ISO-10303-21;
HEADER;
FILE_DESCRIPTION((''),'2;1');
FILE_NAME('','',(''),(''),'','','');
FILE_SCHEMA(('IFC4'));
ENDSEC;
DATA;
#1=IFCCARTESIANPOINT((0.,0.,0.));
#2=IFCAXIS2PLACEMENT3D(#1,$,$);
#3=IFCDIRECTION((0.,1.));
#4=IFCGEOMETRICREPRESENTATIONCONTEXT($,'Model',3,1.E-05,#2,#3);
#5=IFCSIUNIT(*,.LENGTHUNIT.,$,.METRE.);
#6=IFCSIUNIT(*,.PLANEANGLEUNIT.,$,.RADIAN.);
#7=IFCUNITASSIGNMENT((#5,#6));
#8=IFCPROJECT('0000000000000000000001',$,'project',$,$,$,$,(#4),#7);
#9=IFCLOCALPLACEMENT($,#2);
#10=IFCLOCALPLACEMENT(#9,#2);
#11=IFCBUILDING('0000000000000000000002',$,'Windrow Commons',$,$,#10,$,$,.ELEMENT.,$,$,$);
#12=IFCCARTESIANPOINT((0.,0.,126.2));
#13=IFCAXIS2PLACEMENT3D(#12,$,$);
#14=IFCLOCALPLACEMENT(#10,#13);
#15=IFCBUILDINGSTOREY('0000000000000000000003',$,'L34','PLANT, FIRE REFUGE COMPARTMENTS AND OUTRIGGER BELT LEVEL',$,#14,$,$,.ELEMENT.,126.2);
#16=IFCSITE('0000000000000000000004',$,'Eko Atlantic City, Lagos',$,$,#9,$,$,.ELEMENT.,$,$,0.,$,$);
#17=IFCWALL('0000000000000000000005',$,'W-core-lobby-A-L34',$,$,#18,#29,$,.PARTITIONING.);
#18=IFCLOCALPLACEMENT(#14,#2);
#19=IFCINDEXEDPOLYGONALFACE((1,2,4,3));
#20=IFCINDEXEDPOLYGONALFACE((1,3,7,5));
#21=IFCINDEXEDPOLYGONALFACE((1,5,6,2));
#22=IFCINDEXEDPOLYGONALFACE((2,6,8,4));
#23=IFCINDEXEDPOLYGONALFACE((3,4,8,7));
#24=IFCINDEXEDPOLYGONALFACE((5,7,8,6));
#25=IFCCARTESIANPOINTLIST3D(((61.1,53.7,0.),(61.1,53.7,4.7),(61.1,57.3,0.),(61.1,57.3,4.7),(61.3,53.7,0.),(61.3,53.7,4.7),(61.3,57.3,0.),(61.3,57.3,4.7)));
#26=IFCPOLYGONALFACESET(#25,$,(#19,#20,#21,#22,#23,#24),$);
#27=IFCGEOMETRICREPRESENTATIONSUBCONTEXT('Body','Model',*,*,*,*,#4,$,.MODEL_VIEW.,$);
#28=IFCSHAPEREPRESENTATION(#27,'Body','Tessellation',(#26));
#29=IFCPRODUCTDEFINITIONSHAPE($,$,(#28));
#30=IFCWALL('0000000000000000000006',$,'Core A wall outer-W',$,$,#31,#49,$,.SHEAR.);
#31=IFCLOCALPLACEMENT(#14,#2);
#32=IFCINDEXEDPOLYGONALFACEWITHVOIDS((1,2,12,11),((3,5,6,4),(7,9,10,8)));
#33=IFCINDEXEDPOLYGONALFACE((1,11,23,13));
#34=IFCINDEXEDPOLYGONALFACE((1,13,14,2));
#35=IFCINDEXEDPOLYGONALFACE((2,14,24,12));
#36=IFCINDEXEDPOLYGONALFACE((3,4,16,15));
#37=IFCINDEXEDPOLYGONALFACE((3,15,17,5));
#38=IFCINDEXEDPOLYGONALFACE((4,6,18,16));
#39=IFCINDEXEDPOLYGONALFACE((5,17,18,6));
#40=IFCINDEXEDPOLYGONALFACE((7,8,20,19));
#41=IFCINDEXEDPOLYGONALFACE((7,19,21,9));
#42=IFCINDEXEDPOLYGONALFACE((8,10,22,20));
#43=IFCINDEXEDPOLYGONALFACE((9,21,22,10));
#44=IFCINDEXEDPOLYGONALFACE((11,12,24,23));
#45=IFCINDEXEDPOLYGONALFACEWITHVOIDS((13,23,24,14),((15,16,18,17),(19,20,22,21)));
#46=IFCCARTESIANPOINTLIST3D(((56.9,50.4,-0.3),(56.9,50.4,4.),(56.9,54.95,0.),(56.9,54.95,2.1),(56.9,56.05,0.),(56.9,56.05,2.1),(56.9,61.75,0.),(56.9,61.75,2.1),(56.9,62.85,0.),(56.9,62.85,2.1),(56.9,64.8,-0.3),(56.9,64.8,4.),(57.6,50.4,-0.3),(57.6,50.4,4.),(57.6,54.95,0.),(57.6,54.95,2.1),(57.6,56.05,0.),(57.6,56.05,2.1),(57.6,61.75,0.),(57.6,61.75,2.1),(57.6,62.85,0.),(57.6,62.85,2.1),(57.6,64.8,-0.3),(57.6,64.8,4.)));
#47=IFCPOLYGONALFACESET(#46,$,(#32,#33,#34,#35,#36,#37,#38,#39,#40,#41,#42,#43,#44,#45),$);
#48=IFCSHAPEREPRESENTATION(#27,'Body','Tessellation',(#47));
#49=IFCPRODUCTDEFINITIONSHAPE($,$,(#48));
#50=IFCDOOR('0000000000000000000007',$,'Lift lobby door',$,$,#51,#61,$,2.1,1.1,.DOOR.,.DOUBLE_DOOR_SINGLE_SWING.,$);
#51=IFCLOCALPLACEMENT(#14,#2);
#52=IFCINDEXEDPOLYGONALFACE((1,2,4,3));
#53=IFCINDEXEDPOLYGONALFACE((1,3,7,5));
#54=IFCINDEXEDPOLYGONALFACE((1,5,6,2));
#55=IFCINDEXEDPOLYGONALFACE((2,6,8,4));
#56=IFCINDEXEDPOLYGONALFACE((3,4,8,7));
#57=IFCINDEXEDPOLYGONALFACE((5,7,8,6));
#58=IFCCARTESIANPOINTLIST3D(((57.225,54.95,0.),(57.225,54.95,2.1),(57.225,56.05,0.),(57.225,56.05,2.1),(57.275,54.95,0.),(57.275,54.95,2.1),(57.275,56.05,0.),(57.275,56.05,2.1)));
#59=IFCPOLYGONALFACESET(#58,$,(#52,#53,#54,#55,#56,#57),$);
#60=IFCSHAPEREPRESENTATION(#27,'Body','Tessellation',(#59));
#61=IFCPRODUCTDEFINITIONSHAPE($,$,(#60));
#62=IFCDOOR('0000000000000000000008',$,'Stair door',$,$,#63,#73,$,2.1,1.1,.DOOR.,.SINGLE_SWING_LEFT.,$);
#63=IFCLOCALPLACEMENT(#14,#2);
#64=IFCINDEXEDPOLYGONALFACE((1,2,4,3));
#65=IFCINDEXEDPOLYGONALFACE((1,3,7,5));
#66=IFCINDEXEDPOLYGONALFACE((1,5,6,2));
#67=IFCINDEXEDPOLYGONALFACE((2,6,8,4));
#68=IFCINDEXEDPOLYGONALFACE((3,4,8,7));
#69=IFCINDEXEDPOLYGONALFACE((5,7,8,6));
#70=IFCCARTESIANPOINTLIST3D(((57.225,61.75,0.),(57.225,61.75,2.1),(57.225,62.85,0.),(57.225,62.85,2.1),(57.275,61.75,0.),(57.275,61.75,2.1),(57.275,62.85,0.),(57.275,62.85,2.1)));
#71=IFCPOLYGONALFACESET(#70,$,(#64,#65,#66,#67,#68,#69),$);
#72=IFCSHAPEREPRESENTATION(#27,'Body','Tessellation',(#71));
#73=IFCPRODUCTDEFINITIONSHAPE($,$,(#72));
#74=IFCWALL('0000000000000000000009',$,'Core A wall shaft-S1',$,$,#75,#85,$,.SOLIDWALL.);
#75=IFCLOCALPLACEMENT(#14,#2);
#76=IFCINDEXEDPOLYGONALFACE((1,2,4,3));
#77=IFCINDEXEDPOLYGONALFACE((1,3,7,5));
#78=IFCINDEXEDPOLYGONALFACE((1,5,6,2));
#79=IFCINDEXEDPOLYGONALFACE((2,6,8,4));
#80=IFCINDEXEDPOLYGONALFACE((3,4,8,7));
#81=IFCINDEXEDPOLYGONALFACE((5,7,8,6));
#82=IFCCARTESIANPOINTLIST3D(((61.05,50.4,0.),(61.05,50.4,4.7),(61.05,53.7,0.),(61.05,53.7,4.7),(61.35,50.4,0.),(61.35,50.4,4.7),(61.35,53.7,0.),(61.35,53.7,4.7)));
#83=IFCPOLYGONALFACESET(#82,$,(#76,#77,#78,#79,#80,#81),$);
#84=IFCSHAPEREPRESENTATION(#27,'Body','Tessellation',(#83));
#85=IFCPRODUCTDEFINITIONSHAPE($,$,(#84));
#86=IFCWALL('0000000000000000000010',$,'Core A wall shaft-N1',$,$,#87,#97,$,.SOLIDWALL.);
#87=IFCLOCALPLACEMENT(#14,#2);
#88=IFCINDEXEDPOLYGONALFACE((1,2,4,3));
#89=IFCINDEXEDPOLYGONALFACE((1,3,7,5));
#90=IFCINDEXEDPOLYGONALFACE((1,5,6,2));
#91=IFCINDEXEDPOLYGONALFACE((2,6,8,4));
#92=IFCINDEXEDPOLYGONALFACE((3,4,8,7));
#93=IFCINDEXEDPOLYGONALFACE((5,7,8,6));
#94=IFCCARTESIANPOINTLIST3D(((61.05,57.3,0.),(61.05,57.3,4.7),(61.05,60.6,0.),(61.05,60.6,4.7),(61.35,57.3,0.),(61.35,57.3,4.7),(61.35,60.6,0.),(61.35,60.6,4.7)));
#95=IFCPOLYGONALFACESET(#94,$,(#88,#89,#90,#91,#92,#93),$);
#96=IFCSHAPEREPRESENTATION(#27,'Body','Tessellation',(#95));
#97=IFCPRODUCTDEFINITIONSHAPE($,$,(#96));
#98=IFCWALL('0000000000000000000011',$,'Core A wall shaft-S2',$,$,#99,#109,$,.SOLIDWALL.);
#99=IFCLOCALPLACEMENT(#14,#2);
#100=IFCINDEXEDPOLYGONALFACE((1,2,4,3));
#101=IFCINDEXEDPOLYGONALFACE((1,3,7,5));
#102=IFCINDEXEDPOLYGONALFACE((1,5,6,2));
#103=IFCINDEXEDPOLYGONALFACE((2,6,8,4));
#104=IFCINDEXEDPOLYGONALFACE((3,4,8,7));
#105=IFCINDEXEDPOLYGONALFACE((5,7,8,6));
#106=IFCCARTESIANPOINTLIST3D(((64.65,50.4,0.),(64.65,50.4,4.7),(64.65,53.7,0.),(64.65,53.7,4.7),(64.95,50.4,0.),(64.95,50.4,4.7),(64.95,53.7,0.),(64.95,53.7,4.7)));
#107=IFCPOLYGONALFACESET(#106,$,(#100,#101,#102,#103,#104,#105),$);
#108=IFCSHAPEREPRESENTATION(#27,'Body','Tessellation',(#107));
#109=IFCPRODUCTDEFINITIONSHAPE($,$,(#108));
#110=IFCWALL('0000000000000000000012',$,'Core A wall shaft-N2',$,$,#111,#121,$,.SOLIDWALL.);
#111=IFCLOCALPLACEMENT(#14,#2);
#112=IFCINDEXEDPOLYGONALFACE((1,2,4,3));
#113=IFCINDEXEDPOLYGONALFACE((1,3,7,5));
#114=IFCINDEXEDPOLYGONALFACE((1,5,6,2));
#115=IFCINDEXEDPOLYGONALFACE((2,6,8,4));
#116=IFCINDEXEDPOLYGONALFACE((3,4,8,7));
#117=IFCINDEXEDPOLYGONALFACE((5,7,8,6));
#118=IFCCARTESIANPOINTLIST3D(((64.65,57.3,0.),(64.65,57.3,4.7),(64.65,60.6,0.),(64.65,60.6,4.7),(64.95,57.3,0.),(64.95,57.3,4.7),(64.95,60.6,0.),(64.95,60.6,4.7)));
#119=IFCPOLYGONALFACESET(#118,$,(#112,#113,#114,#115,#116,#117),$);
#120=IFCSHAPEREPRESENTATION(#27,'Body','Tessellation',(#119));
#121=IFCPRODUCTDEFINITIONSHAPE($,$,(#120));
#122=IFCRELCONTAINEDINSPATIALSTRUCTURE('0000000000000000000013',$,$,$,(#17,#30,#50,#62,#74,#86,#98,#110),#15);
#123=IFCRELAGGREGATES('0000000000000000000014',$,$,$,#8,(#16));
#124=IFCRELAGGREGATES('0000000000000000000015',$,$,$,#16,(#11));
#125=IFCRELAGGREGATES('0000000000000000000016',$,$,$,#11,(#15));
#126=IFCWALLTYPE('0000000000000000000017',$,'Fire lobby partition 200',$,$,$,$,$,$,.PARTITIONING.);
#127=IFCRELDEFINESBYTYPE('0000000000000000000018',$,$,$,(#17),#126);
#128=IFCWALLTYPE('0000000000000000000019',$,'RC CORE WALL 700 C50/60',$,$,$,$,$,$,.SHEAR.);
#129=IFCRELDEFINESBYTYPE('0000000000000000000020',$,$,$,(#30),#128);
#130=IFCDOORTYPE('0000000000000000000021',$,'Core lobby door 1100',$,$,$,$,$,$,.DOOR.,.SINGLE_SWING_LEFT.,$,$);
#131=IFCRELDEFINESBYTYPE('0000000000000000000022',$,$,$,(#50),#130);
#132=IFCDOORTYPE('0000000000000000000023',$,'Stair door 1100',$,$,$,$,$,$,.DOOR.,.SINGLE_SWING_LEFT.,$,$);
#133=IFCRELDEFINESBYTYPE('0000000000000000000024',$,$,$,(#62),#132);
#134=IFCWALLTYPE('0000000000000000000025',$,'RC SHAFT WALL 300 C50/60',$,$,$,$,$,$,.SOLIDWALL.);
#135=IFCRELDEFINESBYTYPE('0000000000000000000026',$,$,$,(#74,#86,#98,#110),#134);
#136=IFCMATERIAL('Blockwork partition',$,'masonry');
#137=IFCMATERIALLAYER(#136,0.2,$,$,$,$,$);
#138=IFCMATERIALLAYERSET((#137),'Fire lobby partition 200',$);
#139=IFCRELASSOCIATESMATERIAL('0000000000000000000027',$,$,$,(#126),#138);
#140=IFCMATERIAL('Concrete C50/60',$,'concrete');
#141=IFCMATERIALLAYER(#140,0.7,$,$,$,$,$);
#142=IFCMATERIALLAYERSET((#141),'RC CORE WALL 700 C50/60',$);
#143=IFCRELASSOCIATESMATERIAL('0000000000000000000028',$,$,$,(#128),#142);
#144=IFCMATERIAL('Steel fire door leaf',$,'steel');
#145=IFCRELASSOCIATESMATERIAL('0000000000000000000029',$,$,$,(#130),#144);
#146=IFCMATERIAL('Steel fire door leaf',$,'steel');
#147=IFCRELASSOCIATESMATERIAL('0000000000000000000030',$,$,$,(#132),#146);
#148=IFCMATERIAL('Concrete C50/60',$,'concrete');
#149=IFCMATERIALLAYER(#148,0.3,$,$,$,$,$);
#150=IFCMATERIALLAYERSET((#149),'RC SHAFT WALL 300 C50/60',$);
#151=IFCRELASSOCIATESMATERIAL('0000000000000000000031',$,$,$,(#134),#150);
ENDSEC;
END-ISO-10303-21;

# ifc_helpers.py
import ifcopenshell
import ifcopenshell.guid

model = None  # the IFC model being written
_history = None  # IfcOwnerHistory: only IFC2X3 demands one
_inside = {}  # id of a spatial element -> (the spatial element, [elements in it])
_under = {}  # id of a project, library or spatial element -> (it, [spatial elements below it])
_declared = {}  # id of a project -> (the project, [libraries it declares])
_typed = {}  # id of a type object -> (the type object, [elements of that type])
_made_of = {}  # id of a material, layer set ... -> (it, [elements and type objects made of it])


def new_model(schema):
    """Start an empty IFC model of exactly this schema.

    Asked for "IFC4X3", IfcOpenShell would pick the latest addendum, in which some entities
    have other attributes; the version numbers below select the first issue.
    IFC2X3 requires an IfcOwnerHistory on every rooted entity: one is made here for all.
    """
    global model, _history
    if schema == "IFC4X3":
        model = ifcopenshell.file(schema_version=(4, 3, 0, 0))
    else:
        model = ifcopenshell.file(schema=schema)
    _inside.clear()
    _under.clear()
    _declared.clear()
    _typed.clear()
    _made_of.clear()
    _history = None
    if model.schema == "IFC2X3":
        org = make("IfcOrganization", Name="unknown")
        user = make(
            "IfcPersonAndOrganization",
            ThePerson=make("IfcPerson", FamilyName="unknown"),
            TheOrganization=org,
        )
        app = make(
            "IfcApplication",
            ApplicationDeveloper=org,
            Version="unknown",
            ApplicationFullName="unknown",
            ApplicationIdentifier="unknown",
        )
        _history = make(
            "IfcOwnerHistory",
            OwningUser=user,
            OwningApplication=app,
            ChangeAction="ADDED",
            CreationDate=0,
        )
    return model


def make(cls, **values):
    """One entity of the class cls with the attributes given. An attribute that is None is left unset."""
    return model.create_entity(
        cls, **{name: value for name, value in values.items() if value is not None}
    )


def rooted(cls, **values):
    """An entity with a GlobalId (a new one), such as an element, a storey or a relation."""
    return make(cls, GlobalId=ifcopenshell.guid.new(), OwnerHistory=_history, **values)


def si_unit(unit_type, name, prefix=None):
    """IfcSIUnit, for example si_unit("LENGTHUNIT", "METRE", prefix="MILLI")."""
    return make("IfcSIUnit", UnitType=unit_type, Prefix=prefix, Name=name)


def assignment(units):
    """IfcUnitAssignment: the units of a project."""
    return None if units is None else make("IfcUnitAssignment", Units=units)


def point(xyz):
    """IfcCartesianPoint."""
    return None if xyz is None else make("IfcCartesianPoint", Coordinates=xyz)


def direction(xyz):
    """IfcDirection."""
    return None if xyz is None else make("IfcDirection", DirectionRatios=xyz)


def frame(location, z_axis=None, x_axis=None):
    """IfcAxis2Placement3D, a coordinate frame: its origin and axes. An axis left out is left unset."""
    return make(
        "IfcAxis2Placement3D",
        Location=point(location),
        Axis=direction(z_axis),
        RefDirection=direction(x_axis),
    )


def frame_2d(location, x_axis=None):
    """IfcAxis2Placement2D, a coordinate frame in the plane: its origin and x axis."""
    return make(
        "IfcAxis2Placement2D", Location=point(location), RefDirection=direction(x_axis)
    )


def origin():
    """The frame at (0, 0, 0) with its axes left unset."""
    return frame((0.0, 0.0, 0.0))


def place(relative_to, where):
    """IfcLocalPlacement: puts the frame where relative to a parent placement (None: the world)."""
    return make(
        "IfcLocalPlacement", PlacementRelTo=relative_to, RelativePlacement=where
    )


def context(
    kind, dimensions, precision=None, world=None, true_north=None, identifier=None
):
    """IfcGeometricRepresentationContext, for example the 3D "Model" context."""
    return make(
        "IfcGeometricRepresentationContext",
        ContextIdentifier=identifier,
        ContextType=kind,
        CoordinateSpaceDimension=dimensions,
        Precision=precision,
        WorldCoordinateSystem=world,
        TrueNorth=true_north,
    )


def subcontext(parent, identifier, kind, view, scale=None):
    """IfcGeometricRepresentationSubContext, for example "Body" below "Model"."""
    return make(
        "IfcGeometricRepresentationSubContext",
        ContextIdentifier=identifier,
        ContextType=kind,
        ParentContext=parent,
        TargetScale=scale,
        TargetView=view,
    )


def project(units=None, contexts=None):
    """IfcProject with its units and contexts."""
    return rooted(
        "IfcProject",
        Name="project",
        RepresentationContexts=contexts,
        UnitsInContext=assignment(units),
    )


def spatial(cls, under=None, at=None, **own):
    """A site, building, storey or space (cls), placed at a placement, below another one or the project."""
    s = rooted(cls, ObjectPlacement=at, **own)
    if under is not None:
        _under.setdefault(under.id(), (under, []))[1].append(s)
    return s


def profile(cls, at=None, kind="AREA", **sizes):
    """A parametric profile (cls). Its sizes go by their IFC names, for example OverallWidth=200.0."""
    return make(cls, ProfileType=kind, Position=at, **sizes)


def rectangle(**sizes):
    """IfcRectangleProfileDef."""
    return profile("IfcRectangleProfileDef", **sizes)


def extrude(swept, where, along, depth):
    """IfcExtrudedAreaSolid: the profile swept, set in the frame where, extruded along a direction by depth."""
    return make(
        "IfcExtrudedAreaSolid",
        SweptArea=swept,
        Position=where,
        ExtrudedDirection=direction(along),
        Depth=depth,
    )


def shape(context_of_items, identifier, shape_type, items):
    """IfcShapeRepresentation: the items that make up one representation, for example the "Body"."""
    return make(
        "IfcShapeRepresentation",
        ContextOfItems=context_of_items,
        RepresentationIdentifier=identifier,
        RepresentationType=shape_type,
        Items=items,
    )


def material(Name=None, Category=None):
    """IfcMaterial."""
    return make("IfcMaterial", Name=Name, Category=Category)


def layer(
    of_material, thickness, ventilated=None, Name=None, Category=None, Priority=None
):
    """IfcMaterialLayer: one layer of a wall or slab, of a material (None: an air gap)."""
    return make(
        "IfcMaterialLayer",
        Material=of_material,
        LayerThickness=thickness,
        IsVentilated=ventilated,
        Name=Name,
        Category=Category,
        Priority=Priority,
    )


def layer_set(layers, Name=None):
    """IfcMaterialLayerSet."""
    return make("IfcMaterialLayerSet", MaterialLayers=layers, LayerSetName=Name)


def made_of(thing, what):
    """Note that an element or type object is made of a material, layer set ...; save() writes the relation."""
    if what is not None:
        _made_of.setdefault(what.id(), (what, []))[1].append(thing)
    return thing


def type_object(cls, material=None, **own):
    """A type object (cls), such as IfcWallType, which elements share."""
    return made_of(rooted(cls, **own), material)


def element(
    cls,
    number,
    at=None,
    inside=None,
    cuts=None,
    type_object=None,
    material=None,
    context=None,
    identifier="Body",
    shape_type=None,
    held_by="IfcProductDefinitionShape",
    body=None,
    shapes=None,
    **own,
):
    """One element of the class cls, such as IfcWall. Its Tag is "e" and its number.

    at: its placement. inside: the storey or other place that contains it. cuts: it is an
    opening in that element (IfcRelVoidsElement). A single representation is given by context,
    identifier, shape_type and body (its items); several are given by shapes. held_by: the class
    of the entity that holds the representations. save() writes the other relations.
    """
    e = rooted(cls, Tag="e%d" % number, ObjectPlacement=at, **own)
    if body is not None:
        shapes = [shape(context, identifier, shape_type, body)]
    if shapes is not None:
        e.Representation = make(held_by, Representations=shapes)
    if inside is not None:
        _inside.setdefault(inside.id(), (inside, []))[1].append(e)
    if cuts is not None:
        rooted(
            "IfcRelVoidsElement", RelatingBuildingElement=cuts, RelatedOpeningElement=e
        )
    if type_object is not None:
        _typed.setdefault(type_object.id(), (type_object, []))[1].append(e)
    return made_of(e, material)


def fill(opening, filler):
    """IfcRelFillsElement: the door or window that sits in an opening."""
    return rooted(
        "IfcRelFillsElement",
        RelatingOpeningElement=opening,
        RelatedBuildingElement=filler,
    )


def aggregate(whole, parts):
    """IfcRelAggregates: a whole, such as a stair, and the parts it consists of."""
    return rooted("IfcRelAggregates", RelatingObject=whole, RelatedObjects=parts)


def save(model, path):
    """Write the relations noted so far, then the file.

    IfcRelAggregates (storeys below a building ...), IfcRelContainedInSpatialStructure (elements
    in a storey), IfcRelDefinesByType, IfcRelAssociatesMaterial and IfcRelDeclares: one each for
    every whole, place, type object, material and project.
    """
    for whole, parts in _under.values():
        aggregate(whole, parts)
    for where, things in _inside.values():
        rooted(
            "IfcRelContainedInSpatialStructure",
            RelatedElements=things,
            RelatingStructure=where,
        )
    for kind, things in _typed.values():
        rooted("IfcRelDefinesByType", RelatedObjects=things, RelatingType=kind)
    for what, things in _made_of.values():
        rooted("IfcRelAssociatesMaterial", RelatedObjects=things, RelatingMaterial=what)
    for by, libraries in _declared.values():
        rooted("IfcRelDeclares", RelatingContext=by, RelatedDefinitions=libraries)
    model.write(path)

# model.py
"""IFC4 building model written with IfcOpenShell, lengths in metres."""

from ifc_helpers import new_model, si_unit, direction, frame, frame_2d, origin, place, context, subcontext, project, spatial, rectangle, extrude, material, layer, layer_set, type_object, element, fill, save


model = new_model("IFC4")

# Units and contexts
model_context = context("Model", 3, precision=1e-05, world=origin(), true_north=direction((0.0, 1.0)))
body_context = subcontext(model_context, "Body", "Model", "MODEL_VIEW")
ifc_project = project(units=[si_unit("LENGTHUNIT", "METRE"), si_unit("PLANEANGLEUNIT", "RADIAN")], contexts=[model_context])

# Site, building, storey
site_placement = place(None, origin())
site = spatial("IfcSite", under=ifc_project, at=site_placement, Name="Eko Atlantic City, Lagos", CompositionType="ELEMENT", RefElevation=0.0)
building_placement = place(site_placement, origin())
building = spatial("IfcBuilding", under=site, at=building_placement, Name="Windrow Commons", CompositionType="ELEMENT")
storey_placement = place(building_placement, frame((0.0, 0.0, 126.2)))
storey = spatial("IfcBuildingStorey", under=building, at=storey_placement, Name="L34", Description="PLANT, FIRE REFUGE COMPARTMENTS AND OUTRIGGER BELT LEVEL", CompositionType="ELEMENT", Elevation=126.2)

# Wall
ifc_material_1 = material(Name="Blockwork partition", Category="masonry")
ifc_layer_1 = layer(ifc_material_1, 0.2)
ifc_layer_set_1 = layer_set([ifc_layer_1], Name="Fire lobby partition 200")
wall_type_1 = type_object("IfcWallType", Name="Fire lobby partition 200", PredefinedType="PARTITIONING", material=ifc_layer_set_1)
wall_1_placement = place(storey_placement, frame((61.2, 53.7, 0.0), z_axis=(0.0, 0.0, 1.0), x_axis=(0.0, 1.0, 0.0)))
element("IfcWall", 1, at=wall_1_placement, inside=storey, type_object=wall_type_1, Name="W-core-lobby-A-L34", PredefinedType="PARTITIONING", context=body_context, shape_type="SweptSolid", body=[
    extrude(rectangle(XDim=3.6, YDim=0.2, at=frame_2d((1.8, 0.0))), origin(), (0.0, 0.0, 1.0), 4.7),
])

# Wall, openings, doors
ifc_material_2 = material(Name="Concrete C50/60", Category="concrete")
ifc_layer_2 = layer(ifc_material_2, 0.7)
ifc_layer_set_2 = layer_set([ifc_layer_2], Name="RC CORE WALL 700 C50/60")
wall_type_2 = type_object("IfcWallType", Name="RC CORE WALL 700 C50/60", PredefinedType="SHEAR", material=ifc_layer_set_2)
wall_2_placement = place(storey_placement, frame((57.25, 50.4, -0.3), z_axis=(0.0, 0.0, 1.0), x_axis=(0.0, 1.0, 0.0)))
wall_2 = element("IfcWall", 2, at=wall_2_placement, inside=storey, type_object=wall_type_2, Name="Core A wall outer-W", PredefinedType="SHEAR", context=body_context, shape_type="SweptSolid", body=[
    extrude(rectangle(XDim=14.4, YDim=0.7, at=frame_2d((7.2, 0.0))), origin(), (0.0, 0.0, 1.0), 4.3),
])
opening_1_placement = place(wall_2_placement, frame((4.55, 0.0, 0.3)))
opening_1 = element("IfcOpeningElement", 3, at=opening_1_placement, cuts=wall_2, PredefinedType="OPENING", context=body_context, shape_type="SweptSolid", body=[
    extrude(rectangle(XDim=1.1, YDim=2.1, at=frame_2d((0.55, 1.05))), frame((0.0, 0.36, 0.0), z_axis=(0.0, -1.0, 0.0), x_axis=(1.0, 0.0, 0.0)), (0.0, 0.0, 1.0), 0.72),
])
opening_2_placement = place(wall_2_placement, frame((11.35, 0.0, 0.3)))
opening_2 = element("IfcOpeningElement", 4, at=opening_2_placement, cuts=wall_2, PredefinedType="OPENING", context=body_context, shape_type="SweptSolid", body=[
    extrude(rectangle(XDim=1.1, YDim=2.1, at=frame_2d((0.55, 1.05))), frame((0.0, 0.36, 0.0), z_axis=(0.0, -1.0, 0.0), x_axis=(1.0, 0.0, 0.0)), (0.0, 0.0, 1.0), 0.72),
])
ifc_material_3 = material(Name="Steel fire door leaf", Category="steel")
door_type_1 = type_object("IfcDoorType", Name="Core lobby door 1100", OperationType="SINGLE_SWING_LEFT", PredefinedType="DOOR", material=ifc_material_3)
door_1_placement = place(opening_1_placement, origin())
door_1 = element("IfcDoor", 5, at=door_1_placement, inside=storey, type_object=door_type_1, Name="Lift lobby door", OperationType="DOUBLE_DOOR_SINGLE_SWING", OverallHeight=2.1, OverallWidth=1.1, PredefinedType="DOOR", context=body_context, shape_type="SweptSolid", body=[
    extrude(rectangle(XDim=1.1, YDim=2.1, at=frame_2d((0.55, 1.05))), frame((0.0, 0.025, 0.0), z_axis=(0.0, -1.0, 0.0), x_axis=(1.0, 0.0, 0.0)), (0.0, 0.0, 1.0), 0.05),
])
fill(opening_1, door_1)
ifc_material_4 = material(Name="Steel fire door leaf", Category="steel")
door_type_2 = type_object("IfcDoorType", Name="Stair door 1100", OperationType="SINGLE_SWING_LEFT", PredefinedType="DOOR", material=ifc_material_4)
door_2_placement = place(opening_2_placement, origin())
door_2 = element("IfcDoor", 6, at=door_2_placement, inside=storey, type_object=door_type_2, Name="Stair door", OperationType="SINGLE_SWING_LEFT", OverallHeight=2.1, OverallWidth=1.1, PredefinedType="DOOR", context=body_context, shape_type="SweptSolid", body=[
    extrude(rectangle(XDim=1.1, YDim=2.1, at=frame_2d((0.55, 1.05))), frame((0.0, 0.025, 0.0), z_axis=(0.0, -1.0, 0.0), x_axis=(1.0, 0.0, 0.0)), (0.0, 0.0, 1.0), 0.05),
])
fill(opening_2, door_2)

# Walls
ifc_material_5 = material(Name="Concrete C50/60", Category="concrete")
ifc_layer_3 = layer(ifc_material_5, 0.3)
ifc_layer_set_3 = layer_set([ifc_layer_3], Name="RC SHAFT WALL 300 C50/60")
wall_type_3 = type_object("IfcWallType", Name="RC SHAFT WALL 300 C50/60", PredefinedType="SOLIDWALL", material=ifc_layer_set_3)
for number, where, z_axis, x_axis, name in (
    (7, (61.2, 50.4, 0.0), (0.0, 0.0, 1.0), (0.0, 1.0, 0.0), "Core A wall shaft-S1"),
    (8, (61.2, 57.3, 0.0), (0.0, 0.0, 1.0), (0.0, 1.0, 0.0), "Core A wall shaft-N1"),
    (9, (64.8, 50.4, 0.0), (0.0, 0.0, 1.0), (0.0, 1.0, 0.0), "Core A wall shaft-S2"),
    (10, (64.8, 57.3, 0.0), (0.0, 0.0, 1.0), (0.0, 1.0, 0.0), "Core A wall shaft-N2"),
):
    element("IfcWall", number, at=place(storey_placement, frame(where, z_axis=z_axis, x_axis=x_axis)), inside=storey, type_object=wall_type_3, Name=name, PredefinedType="SOLIDWALL", context=body_context, shape_type="SweptSolid", body=[
        extrude(rectangle(XDim=3.3, YDim=0.3, at=frame_2d((1.65, 0.0))), origin(), (0.0, 0.0, 1.0), 4.7),
    ])

save(model, "model.ifc")
